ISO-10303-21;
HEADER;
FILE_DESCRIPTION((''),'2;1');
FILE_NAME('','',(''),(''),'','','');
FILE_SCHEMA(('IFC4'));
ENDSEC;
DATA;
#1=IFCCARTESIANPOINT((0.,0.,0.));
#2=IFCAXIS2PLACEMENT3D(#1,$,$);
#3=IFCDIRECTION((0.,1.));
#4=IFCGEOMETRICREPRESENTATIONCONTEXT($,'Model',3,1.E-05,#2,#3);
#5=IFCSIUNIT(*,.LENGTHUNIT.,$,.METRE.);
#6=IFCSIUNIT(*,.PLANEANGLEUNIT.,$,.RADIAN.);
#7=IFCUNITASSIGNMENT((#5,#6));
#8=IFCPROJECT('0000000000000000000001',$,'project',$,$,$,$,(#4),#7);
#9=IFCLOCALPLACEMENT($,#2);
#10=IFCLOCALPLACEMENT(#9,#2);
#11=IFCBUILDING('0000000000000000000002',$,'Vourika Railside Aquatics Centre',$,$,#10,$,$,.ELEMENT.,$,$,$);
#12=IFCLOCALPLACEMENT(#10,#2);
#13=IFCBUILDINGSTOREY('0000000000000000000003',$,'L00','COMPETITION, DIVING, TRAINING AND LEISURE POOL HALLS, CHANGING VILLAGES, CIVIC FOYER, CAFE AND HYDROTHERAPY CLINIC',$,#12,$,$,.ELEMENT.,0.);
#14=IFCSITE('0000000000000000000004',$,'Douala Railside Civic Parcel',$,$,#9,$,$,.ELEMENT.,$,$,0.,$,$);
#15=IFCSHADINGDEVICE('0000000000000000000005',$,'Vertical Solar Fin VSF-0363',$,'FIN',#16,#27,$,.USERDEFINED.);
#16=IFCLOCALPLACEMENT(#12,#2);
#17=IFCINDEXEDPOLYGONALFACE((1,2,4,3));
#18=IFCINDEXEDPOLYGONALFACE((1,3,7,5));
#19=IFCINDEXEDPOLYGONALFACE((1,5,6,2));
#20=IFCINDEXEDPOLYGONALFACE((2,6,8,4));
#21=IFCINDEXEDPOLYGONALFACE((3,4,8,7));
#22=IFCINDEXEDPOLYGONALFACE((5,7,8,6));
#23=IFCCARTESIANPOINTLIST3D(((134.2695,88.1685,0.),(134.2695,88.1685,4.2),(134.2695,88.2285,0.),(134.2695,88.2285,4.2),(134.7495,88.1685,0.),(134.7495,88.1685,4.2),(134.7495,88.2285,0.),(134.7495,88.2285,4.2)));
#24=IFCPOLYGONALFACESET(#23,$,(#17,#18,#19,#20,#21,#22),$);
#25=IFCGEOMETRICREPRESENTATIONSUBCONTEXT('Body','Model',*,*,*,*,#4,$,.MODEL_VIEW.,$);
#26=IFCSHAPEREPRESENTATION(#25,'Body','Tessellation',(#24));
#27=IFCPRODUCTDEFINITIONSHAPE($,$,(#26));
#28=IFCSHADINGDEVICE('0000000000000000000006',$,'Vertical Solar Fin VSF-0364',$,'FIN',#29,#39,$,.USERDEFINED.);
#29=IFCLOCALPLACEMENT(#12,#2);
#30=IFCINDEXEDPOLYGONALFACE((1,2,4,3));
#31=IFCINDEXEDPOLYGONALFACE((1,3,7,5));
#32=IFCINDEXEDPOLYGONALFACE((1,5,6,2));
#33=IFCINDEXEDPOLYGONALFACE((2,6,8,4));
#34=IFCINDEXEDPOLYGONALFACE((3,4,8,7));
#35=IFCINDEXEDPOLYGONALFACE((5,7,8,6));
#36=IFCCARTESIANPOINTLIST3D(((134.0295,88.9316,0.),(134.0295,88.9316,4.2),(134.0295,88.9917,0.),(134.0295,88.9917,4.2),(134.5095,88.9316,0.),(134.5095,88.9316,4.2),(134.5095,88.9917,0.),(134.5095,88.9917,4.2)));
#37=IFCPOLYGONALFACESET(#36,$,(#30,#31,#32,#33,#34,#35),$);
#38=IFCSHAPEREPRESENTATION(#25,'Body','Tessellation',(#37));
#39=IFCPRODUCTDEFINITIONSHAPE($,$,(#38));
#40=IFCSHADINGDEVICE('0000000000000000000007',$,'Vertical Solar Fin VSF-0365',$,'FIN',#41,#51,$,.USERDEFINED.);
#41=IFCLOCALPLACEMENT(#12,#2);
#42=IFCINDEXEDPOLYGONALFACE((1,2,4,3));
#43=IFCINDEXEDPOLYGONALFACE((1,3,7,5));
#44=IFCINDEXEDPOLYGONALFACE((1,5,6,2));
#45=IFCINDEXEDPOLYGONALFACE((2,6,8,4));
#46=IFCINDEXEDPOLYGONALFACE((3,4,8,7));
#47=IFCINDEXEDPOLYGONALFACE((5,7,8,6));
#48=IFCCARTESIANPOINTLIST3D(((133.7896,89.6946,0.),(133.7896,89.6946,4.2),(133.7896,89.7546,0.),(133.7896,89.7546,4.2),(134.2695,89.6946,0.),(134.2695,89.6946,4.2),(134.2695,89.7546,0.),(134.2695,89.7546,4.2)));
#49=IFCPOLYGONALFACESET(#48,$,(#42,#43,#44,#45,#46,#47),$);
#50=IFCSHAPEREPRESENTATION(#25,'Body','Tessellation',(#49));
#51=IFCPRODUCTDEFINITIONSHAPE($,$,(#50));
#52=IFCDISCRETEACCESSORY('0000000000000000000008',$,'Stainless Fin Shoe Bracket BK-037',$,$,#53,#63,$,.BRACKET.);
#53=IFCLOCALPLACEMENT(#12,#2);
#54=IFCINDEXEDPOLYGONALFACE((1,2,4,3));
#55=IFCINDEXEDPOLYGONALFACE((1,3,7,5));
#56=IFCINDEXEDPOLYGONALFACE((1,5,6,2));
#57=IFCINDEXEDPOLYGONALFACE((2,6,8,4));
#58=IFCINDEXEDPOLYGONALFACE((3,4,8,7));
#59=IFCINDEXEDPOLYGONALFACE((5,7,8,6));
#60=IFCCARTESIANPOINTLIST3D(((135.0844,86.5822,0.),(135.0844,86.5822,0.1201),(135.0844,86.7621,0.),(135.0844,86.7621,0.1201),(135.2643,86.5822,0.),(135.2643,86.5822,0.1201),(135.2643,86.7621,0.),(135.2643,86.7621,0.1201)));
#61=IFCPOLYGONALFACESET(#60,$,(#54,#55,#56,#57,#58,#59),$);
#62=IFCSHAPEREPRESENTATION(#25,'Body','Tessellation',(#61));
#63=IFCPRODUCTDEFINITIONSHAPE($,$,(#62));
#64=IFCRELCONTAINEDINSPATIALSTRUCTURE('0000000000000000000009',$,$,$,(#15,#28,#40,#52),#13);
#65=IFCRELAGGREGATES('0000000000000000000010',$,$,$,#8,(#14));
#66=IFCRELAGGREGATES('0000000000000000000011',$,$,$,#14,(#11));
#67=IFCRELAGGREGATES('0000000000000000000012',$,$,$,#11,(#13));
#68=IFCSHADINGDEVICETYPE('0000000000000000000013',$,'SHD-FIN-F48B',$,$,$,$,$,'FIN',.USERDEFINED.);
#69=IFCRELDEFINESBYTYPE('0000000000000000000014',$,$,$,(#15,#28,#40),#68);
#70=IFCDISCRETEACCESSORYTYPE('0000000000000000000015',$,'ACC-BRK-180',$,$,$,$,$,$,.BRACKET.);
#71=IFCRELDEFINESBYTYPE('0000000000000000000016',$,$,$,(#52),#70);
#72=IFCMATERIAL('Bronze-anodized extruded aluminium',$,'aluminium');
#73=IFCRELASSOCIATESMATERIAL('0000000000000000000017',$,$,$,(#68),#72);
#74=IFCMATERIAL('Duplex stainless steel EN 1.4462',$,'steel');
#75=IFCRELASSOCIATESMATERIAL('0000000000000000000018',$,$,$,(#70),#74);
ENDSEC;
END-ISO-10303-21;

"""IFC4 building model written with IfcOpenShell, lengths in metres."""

from ifc_helpers import new_model, si_unit, direction, frame, origin, origin_2d, place, context, subcontext, project, spatial, rectangle, extrude, material, material_profile, profile_set, type_object, element, save


model = new_model("IFC4")

# Units and contexts
model_context = context("Model", 3, precision=1e-05, world=origin(), true_north=direction((0.0, 1.0)))
body_context = subcontext(model_context, "Body", "Model", "MODEL_VIEW")
ifc_project = project(units=[si_unit("LENGTHUNIT", "METRE"), si_unit("PLANEANGLEUNIT", "RADIAN")], contexts=[model_context])

# Site, building, storey
site_placement = place(None, origin())
site = spatial("IfcSite", under=ifc_project, at=site_placement, Name="Douala Railside Civic Parcel", CompositionType="ELEMENT", RefElevation=0.0)
building_placement = place(site_placement, origin())
building = spatial("IfcBuilding", under=site, at=building_placement, Name="Vourika Railside Aquatics Centre", CompositionType="ELEMENT")
storey_placement = place(building_placement, origin())
storey = spatial("IfcBuildingStorey", under=building, at=storey_placement, Name="L00", Description="COMPETITION, DIVING, TRAINING AND LEISURE POOL HALLS, CHANGING VILLAGES, CIVIC FOYER, CAFE AND HYDROTHERAPY CLINIC", CompositionType="ELEMENT", Elevation=0.0)

# Shared definitions
ifc_material_1 = material(Name="Duplex stainless steel EN 1.4462", Category="steel")

# Shading devices
ifc_material_2 = material(Name="Bronze-anodized extruded aluminium", Category="aluminium")
ifc_material_profile_1 = material_profile(ifc_material_2, rectangle(XDim=0.0601, YDim=0.48, at=origin_2d()), Name="ALU-FIN 60x480")
ifc_profile_set_1 = profile_set([ifc_material_profile_1], Name="Bronze-anodized extruded aluminium")
shading_device_type = type_object("IfcShadingDeviceType", Name="SHD-FIN-F48B", ElementType="FIN", PredefinedType="USERDEFINED", material=ifc_profile_set_1)
for number, where, z_axis, x_axis, name in (
    (1, (134.5095, 88.1985, 0.0), (0.0, 0.0, 1.0), (0.0, 1.0, 0.0), "Vertical Solar Fin VSF-0363"),
    (2, (134.2695, 88.9617, 0.0), (0.0, 0.0, 1.0), (0.0, 1.0, 0.0), "Vertical Solar Fin VSF-0364"),
    (3, (134.0295, 89.7246, 0.0), (0.0, 0.0, 1.0), (0.0, 1.0, 0.0), "Vertical Solar Fin VSF-0365"),
):
    element("IfcShadingDevice", number, at=place(storey_placement, frame(where, z_axis=z_axis, x_axis=x_axis)), inside=storey, type_object=shading_device_type, Name=name, ObjectType="FIN", PredefinedType="USERDEFINED", context=body_context, shape_type="SweptSolid", body=[
        extrude(rectangle(XDim=0.0601, YDim=0.48, at=origin_2d()), origin(), (0.0, 0.0, 1.0), 4.2),
    ])

# Discrete accessory
discrete_accessory_type = type_object("IfcDiscreteAccessoryType", Name="ACC-BRK-180", PredefinedType="BRACKET", material=ifc_material_1)
discrete_accessory_placement = place(storey_placement, frame((135.1743, 86.6721, 0.0), z_axis=(0.0, 0.0, 1.0), x_axis=(-1.0, 0.0, 0.0)))
element("IfcDiscreteAccessory", 4, at=discrete_accessory_placement, inside=storey, type_object=discrete_accessory_type, Name="Stainless Fin Shoe Bracket BK-037", PredefinedType="BRACKET", context=body_context, shape_type="SweptSolid", body=[
    extrude(rectangle(XDim=0.1799, YDim=0.1799, at=origin_2d()), origin(), (0.0, 0.0, 1.0), 0.1201),
])

save(model, "model.ifc")
